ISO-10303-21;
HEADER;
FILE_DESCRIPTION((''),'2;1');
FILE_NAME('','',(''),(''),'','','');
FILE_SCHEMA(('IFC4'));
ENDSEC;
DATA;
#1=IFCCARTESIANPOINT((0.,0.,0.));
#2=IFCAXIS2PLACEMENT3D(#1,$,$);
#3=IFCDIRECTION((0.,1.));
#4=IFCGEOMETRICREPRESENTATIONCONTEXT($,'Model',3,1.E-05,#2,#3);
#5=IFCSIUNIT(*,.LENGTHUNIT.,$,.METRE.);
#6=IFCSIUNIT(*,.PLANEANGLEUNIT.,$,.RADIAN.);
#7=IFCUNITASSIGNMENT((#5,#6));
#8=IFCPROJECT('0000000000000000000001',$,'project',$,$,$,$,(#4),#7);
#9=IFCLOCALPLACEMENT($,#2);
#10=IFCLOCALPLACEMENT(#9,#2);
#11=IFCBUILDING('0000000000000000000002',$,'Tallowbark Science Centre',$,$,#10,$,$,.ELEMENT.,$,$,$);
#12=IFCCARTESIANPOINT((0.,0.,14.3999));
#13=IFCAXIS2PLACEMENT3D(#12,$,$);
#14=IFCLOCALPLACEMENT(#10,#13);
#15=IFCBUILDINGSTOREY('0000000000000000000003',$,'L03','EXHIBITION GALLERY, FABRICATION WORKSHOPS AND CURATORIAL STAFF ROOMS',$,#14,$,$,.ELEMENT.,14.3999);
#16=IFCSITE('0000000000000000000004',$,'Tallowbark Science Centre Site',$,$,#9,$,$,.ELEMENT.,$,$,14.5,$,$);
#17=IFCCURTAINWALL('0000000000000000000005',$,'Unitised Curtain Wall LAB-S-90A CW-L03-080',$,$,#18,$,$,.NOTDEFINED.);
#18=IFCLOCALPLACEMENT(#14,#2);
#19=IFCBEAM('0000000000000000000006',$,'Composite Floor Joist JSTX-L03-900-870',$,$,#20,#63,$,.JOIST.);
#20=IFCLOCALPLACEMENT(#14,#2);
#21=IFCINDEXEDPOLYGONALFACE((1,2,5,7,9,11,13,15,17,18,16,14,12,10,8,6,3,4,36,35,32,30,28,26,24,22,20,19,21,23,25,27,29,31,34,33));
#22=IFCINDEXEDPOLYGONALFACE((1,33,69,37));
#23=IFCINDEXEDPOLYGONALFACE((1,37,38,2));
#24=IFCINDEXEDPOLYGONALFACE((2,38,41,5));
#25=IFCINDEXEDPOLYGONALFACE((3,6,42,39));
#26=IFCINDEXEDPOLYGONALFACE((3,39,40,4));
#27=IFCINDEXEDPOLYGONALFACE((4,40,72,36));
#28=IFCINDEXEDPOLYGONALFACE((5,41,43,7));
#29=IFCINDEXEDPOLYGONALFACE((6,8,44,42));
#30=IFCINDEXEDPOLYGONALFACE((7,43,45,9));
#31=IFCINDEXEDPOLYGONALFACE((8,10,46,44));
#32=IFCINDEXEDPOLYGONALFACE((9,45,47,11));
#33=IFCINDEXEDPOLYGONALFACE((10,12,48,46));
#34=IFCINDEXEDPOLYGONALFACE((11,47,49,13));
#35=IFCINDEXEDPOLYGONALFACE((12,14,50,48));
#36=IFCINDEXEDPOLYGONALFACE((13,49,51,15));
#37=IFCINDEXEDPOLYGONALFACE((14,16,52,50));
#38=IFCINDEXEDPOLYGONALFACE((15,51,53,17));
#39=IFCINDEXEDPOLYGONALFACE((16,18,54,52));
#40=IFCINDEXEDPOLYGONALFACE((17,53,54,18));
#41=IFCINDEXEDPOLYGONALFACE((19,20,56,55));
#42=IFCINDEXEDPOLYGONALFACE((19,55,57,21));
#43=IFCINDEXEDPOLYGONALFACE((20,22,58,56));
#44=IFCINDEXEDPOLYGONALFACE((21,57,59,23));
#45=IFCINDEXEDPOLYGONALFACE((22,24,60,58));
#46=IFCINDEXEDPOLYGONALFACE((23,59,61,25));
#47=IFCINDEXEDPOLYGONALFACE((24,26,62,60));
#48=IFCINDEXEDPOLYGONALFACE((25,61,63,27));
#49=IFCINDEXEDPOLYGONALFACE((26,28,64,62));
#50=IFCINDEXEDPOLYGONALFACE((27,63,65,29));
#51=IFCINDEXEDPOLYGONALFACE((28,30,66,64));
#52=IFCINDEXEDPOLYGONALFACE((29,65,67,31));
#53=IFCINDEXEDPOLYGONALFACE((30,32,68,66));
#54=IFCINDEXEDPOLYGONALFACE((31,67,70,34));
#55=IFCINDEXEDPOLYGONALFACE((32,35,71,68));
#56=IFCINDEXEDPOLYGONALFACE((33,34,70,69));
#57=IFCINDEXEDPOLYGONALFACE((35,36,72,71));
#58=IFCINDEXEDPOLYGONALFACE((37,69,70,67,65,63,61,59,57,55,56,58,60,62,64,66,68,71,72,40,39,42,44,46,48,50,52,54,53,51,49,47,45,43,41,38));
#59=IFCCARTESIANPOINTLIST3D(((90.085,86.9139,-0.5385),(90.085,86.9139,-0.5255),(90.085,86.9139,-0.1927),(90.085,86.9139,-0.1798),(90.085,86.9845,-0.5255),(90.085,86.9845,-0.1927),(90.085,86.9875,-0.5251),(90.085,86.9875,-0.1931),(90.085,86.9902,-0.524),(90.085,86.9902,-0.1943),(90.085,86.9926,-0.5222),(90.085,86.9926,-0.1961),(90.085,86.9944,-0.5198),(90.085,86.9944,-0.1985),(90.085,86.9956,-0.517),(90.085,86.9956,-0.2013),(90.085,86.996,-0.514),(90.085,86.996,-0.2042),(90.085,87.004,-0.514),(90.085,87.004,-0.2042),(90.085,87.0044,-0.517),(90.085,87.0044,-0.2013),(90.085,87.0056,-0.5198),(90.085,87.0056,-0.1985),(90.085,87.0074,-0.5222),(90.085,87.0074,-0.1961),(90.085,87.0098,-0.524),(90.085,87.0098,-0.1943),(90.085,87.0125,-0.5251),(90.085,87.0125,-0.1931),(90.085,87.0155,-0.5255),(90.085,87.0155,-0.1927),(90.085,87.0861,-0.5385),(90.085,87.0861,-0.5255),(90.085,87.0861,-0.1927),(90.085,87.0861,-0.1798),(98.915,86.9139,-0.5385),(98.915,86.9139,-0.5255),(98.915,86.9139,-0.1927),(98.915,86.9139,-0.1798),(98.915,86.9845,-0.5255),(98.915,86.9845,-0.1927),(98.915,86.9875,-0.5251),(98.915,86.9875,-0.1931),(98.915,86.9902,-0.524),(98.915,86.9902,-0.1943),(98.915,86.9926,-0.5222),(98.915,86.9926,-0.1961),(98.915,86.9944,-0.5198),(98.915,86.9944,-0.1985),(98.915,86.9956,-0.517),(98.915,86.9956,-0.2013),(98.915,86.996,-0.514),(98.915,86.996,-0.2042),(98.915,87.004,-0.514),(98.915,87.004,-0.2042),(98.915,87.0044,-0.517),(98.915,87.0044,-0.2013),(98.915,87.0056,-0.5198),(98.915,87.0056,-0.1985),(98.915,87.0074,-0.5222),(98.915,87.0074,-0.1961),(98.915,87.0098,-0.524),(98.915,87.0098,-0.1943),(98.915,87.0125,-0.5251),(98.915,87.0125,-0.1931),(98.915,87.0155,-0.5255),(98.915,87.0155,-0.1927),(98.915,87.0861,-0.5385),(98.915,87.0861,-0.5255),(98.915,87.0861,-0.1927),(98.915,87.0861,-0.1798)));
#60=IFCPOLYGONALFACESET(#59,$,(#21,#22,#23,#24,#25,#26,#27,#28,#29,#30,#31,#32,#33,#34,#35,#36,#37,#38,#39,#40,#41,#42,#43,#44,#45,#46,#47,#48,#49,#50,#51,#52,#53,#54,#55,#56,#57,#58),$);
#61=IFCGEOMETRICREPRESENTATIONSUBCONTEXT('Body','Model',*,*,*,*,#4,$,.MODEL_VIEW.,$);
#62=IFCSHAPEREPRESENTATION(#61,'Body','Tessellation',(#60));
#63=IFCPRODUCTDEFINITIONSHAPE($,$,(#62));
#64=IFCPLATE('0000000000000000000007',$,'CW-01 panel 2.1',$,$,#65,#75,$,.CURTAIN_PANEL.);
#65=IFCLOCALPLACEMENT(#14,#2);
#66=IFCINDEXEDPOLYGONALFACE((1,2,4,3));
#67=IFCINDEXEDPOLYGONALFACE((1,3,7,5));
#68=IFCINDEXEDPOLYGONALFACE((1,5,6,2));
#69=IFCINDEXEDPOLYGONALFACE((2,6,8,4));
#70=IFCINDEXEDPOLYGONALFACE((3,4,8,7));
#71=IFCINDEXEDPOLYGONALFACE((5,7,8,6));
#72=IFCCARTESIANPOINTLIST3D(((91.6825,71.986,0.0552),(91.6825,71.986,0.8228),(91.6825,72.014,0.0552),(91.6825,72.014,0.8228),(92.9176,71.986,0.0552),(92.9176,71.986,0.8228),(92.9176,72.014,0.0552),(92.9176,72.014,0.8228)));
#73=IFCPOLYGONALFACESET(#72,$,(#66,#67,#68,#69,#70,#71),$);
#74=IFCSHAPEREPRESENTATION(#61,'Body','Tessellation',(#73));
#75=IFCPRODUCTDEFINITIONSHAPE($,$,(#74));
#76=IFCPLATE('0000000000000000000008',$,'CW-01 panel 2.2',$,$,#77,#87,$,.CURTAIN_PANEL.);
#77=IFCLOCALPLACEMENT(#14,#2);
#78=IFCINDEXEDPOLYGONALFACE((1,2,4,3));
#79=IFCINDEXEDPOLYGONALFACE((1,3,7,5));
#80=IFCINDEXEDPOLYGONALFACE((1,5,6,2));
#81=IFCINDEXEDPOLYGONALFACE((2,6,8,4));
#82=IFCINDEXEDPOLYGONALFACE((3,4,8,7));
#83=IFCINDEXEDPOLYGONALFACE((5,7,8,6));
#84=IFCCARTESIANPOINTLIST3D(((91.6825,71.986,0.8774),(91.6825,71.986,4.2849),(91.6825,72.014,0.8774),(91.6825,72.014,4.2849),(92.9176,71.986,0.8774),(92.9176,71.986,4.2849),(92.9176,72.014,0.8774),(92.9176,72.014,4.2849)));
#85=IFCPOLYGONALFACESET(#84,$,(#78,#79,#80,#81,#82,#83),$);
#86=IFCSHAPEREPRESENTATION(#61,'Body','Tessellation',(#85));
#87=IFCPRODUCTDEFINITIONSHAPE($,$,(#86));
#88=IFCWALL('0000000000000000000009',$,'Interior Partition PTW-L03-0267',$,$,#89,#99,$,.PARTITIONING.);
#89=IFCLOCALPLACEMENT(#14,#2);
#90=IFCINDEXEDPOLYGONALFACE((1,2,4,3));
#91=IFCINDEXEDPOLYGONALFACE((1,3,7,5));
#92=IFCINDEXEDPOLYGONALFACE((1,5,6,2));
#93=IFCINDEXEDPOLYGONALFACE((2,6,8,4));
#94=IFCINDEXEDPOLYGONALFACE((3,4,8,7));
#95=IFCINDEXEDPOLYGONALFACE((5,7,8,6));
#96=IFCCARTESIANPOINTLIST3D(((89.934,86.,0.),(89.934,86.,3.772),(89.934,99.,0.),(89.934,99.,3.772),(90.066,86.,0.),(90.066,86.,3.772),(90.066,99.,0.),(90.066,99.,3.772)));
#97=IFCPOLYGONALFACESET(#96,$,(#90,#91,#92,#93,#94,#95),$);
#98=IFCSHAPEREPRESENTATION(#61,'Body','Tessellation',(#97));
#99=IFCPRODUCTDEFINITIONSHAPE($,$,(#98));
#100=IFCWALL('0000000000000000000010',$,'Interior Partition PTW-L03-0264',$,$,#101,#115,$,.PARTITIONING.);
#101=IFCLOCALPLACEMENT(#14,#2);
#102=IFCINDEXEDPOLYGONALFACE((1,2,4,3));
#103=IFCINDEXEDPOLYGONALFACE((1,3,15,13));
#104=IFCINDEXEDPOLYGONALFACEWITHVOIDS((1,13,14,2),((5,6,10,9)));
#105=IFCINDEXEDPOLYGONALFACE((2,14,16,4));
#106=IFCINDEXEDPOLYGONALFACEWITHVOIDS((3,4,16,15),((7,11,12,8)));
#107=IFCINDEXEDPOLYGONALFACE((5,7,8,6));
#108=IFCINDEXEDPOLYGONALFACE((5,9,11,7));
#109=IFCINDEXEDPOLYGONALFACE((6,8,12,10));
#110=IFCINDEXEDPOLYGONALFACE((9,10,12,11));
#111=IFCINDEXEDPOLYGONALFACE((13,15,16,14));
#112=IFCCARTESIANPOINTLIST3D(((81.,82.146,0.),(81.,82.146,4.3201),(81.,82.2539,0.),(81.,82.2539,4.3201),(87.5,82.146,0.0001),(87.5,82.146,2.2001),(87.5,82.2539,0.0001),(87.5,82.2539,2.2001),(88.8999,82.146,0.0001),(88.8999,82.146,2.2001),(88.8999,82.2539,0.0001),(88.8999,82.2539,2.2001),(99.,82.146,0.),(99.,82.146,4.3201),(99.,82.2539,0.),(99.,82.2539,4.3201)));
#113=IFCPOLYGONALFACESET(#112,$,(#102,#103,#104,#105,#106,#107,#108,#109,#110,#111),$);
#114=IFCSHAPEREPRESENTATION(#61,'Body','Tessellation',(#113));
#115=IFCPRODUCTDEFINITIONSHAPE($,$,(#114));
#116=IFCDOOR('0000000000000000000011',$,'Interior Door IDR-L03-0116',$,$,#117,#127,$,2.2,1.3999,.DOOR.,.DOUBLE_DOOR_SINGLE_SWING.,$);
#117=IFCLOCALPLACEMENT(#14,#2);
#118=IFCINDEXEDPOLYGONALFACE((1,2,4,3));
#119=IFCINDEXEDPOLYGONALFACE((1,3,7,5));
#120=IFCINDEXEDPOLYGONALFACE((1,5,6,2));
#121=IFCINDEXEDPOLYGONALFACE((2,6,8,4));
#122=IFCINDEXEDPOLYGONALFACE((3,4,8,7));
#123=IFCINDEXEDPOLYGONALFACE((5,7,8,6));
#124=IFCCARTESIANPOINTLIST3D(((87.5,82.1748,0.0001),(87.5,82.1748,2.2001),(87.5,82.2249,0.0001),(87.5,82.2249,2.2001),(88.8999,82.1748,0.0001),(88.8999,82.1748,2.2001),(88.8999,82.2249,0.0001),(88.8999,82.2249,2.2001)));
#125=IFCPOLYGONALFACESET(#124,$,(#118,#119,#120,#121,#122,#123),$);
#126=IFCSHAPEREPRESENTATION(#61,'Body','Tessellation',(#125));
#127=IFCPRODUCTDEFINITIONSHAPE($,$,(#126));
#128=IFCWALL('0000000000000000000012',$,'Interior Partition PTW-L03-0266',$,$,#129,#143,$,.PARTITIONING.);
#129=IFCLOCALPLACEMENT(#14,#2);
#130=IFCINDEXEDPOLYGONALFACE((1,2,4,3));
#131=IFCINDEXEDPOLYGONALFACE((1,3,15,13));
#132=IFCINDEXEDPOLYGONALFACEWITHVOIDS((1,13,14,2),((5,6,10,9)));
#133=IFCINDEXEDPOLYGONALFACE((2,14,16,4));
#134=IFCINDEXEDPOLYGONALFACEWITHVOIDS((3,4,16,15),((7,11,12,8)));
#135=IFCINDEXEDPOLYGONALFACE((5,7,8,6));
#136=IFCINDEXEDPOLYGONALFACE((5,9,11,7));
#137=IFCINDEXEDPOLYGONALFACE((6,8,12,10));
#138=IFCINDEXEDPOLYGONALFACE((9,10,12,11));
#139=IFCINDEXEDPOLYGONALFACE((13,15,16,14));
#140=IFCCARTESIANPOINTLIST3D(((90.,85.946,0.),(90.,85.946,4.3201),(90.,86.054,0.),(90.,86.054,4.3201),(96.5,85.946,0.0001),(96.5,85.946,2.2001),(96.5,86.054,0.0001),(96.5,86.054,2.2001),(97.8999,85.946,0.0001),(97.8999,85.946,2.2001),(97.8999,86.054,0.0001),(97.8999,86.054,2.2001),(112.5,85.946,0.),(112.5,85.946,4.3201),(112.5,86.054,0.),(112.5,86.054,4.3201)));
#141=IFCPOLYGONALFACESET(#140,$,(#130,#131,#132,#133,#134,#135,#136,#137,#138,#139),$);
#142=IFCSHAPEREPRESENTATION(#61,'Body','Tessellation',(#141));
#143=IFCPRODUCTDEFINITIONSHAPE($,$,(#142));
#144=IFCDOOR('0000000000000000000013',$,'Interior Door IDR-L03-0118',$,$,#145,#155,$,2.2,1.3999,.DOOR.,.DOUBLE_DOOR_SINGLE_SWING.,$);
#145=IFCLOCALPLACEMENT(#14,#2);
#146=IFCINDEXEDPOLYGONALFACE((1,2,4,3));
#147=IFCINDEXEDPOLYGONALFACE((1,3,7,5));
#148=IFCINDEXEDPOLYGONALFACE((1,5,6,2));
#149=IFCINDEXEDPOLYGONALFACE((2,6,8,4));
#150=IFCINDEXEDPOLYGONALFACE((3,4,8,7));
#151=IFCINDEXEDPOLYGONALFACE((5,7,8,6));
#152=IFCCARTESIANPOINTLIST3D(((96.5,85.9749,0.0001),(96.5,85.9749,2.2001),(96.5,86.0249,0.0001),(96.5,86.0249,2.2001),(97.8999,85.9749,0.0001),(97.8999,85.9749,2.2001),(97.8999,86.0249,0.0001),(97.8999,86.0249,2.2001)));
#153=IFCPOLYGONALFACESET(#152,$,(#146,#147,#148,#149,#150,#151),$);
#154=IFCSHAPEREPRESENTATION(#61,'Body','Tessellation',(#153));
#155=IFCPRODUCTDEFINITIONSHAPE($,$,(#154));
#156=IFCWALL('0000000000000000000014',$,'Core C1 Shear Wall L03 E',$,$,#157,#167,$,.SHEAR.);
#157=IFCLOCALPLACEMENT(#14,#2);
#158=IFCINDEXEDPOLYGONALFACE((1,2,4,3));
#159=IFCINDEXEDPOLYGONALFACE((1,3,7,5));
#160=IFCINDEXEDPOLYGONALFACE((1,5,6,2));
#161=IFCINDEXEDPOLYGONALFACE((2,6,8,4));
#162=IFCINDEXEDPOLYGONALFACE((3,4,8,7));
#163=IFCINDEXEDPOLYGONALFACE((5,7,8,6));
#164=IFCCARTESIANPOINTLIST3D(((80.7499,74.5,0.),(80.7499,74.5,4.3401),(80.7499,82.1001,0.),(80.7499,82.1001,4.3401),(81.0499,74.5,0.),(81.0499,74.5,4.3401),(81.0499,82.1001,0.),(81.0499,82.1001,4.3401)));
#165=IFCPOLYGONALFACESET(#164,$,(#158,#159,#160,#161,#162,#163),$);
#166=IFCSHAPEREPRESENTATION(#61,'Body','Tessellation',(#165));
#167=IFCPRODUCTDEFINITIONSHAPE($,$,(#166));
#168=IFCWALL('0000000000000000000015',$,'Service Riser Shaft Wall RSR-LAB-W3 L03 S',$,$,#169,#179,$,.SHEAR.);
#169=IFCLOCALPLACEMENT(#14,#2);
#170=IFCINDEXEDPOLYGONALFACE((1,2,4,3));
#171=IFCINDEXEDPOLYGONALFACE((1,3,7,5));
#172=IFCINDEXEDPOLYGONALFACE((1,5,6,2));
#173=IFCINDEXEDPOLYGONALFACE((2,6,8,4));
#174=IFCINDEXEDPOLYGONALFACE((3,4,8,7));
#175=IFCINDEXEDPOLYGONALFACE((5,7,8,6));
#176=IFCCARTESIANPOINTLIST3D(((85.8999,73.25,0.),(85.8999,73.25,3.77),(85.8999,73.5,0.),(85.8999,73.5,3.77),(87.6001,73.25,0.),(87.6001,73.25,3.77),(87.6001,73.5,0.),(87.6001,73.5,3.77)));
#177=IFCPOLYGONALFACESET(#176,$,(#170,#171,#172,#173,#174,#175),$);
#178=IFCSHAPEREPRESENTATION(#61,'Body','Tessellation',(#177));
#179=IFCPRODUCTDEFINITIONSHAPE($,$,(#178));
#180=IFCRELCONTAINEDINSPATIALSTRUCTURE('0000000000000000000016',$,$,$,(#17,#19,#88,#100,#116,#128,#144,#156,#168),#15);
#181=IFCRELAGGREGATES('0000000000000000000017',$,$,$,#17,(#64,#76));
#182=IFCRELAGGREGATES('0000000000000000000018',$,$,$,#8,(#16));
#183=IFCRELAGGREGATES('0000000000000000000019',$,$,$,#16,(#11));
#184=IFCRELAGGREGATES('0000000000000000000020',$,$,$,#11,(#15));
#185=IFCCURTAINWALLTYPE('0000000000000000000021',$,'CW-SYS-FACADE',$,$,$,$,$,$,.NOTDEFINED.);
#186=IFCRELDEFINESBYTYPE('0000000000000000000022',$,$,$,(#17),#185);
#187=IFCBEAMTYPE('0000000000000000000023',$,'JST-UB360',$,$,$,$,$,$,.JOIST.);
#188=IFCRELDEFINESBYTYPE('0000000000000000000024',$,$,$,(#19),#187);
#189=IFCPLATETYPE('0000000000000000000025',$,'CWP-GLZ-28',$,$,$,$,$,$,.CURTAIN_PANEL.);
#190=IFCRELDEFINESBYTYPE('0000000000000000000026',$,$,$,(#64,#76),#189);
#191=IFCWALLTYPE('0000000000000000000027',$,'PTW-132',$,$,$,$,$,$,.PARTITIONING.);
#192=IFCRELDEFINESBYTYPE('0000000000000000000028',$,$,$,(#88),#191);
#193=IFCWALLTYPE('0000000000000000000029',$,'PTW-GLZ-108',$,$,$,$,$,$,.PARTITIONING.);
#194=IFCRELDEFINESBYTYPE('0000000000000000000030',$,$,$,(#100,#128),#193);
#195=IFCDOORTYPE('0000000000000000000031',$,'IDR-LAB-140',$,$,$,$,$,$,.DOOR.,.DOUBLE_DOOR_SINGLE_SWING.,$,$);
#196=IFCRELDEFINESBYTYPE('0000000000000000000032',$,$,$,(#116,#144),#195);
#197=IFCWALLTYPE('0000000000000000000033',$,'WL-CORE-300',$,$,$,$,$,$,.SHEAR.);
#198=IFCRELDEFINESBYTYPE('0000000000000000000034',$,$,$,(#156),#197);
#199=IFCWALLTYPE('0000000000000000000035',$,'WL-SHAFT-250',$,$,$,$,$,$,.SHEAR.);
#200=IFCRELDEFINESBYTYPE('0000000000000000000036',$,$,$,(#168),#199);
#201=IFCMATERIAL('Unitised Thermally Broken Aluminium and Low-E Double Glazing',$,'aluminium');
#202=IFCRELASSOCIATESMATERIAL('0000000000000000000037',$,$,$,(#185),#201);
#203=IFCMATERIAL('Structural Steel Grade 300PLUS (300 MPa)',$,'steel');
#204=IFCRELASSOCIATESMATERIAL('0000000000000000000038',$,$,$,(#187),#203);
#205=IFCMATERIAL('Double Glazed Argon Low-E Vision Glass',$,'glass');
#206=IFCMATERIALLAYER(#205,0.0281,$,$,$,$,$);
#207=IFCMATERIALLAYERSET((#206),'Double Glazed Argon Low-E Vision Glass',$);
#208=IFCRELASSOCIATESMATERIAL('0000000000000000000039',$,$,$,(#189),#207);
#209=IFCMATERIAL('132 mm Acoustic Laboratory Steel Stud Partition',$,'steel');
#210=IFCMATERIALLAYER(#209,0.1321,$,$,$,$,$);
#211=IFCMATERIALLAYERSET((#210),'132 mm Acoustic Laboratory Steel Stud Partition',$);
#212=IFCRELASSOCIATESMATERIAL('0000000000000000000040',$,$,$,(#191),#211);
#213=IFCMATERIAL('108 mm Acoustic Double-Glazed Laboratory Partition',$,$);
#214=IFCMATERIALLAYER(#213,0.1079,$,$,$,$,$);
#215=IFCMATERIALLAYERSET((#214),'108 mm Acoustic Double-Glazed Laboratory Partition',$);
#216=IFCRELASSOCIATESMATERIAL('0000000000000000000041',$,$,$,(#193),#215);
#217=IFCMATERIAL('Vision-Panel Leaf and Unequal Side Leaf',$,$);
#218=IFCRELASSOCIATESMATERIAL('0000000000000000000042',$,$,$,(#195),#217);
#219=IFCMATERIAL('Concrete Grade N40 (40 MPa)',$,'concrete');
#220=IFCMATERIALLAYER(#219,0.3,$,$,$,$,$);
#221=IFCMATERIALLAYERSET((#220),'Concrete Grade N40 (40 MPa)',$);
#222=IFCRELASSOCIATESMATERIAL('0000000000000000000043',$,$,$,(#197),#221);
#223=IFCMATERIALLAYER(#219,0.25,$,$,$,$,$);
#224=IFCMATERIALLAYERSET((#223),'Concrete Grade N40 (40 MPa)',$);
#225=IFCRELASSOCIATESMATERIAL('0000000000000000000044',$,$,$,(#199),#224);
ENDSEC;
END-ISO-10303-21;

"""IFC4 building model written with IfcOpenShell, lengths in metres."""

from ifc_helpers import new_model, si_unit, direction, frame, frame_2d, origin, origin_2d, place, context, subcontext, project, spatial, rectangle, i_section, extrude, material, layer, layer_set, material_profile, profile_set, type_object, element, fill, aggregate, save


model = new_model("IFC4")

# Units and contexts
model_context = context("Model", 3, precision=1e-05, world=origin(), true_north=direction((0.0, 1.0)))
body_context = subcontext(model_context, "Body", "Model", "MODEL_VIEW")
ifc_project = project(units=[si_unit("LENGTHUNIT", "METRE"), si_unit("PLANEANGLEUNIT", "RADIAN")], contexts=[model_context])

# Site, building, storey
site_placement = place(None, origin())
site = spatial("IfcSite", under=ifc_project, at=site_placement, Name="Tallowbark Science Centre Site", CompositionType="ELEMENT", RefElevation=14.5)
building_placement = place(site_placement, origin())
building = spatial("IfcBuilding", under=site, at=building_placement, Name="Tallowbark Science Centre", CompositionType="ELEMENT")
storey_placement = place(building_placement, frame((0.0, 0.0, 14.3999)))
storey = spatial("IfcBuildingStorey", under=building, at=storey_placement, Name="L03", Description="EXHIBITION GALLERY, FABRICATION WORKSHOPS AND CURATORIAL STAFF ROOMS", CompositionType="ELEMENT", Elevation=14.3999)

# Shared definitions
ifc_material_1 = material(Name="Structural Steel Grade 300PLUS (300 MPa)", Category="steel")

# Curtain wall
ifc_material_2 = material(Name="Unitised Thermally Broken Aluminium and Low-E Double Glazing", Category="aluminium")
curtain_wall_type = type_object("IfcCurtainWallType", Name="CW-SYS-FACADE", PredefinedType="NOTDEFINED", material=ifc_material_2)
curtain_wall_placement = place(storey_placement, origin())
curtain_wall = element("IfcCurtainWall", 1, at=curtain_wall_placement, inside=storey, type_object=curtain_wall_type, Name="Unitised Curtain Wall LAB-S-90A CW-L03-080", PredefinedType="NOTDEFINED")

# Beam
ifc_material_profile_1 = material_profile(ifc_material_1, i_section(OverallWidth=0.1721, OverallDepth=0.3586, WebThickness=0.0081, FlangeThickness=0.0129, FilletRadius=0.0115, at=origin_2d()), Name="360UB56.7")
ifc_profile_set_1 = profile_set([ifc_material_profile_1], Name="Structural Steel Grade 300PLUS (300 MPa)")
beam_type_1 = type_object("IfcBeamType", Name="JST-UB360", PredefinedType="JOIST", material=ifc_profile_set_1)
for number, where, z_axis, x_axis, name in (
    (2, (90.085, 87.0, -0.3591), (1.0, 0.0, 0.0), (0.0, 1.0, 0.0), "Composite Floor Joist JSTX-L03-900-870"),
):
    element("IfcBeam", number, at=place(storey_placement, frame(where, z_axis=z_axis, x_axis=x_axis)), inside=storey, type_object=beam_type_1, Name=name, PredefinedType="JOIST", context=body_context, shape_type="SweptSolid", body=[
        extrude(i_section(OverallWidth=0.1721, OverallDepth=0.3586, WebThickness=0.0081, FlangeThickness=0.0129, FilletRadius=0.0115, at=origin_2d()), origin(), (0.0, 0.0, 1.0), 8.8301),
    ])

# Plates
ifc_material_3 = material(Name="Double Glazed Argon Low-E Vision Glass", Category="glass")
ifc_layer_1 = layer(ifc_material_3, 0.0281)
ifc_layer_set_1 = layer_set([ifc_layer_1], Name="Double Glazed Argon Low-E Vision Glass")
plate_type = type_object("IfcPlateType", Name="CWP-GLZ-28", PredefinedType="CURTAIN_PANEL", material=ifc_layer_set_1)
plate_1_placement = place(storey_placement, frame((92.3, 72.0, 0.0552), z_axis=(0.0, 0.0, 1.0), x_axis=(1.0, 0.0, 0.0)))
plate_1 = element("IfcPlate", 3, at=plate_1_placement, type_object=plate_type, Name="CW-01 panel 2.1", PredefinedType="CURTAIN_PANEL", context=body_context, shape_type="SweptSolid", body=[
    extrude(rectangle(XDim=1.2351, YDim=0.0281, at=origin_2d()), origin(), (0.0, 0.0, 1.0), 0.7676),
])
plate_2_placement = place(storey_placement, frame((92.3, 72.0, 0.8774), z_axis=(0.0, 0.0, 1.0), x_axis=(1.0, 0.0, 0.0)))
plate_2 = element("IfcPlate", 4, at=plate_2_placement, type_object=plate_type, Name="CW-01 panel 2.2", PredefinedType="CURTAIN_PANEL", context=body_context, shape_type="SweptSolid", body=[
    extrude(rectangle(XDim=1.2351, YDim=0.0281, at=origin_2d()), origin(), (0.0, 0.0, 1.0), 3.4075),
])
aggregate(curtain_wall, [plate_1, plate_2])

# Wall
ifc_material_4 = material(Name="132 mm Acoustic Laboratory Steel Stud Partition", Category="steel")
ifc_layer_2 = layer(ifc_material_4, 0.1321)
ifc_layer_set_2 = layer_set([ifc_layer_2], Name="132 mm Acoustic Laboratory Steel Stud Partition")
wall_type_1 = type_object("IfcWallType", Name="PTW-132", PredefinedType="PARTITIONING", material=ifc_layer_set_2)
wall_1_placement = place(storey_placement, frame((90.0, 86.0, 0.0), z_axis=(0.0, 0.0, 1.0), x_axis=(0.0, 1.0, 0.0)))
element("IfcWall", 5, at=wall_1_placement, inside=storey, type_object=wall_type_1, Name="Interior Partition PTW-L03-0267", PredefinedType="PARTITIONING", context=body_context, shape_type="SweptSolid", body=[
    extrude(rectangle(XDim=13.0, YDim=0.1321, at=frame_2d((6.5, 0.0))), origin(), (0.0, 0.0, 1.0), 3.772),
])

# Walls, openings, doors
ifc_material_5 = material(Name="108 mm Acoustic Double-Glazed Laboratory Partition")
ifc_layer_3 = layer(ifc_material_5, 0.1079)
ifc_layer_set_3 = layer_set([ifc_layer_3], Name="108 mm Acoustic Double-Glazed Laboratory Partition")
wall_type_2 = type_object("IfcWallType", Name="PTW-GLZ-108", PredefinedType="PARTITIONING", material=ifc_layer_set_3)
wall_2_placement = place(storey_placement, frame((81.0, 82.2, 0.0), z_axis=(0.0, 0.0, 1.0), x_axis=(1.0, 0.0, 0.0)))
wall_2 = element("IfcWall", 6, at=wall_2_placement, inside=storey, type_object=wall_type_2, Name="Interior Partition PTW-L03-0264", PredefinedType="PARTITIONING", context=body_context, shape_type="SweptSolid", body=[
    extrude(rectangle(XDim=18.0, YDim=0.1079, at=frame_2d((9.0, 0.0))), origin(), (0.0, 0.0, 1.0), 4.3201),
])
opening_1_placement = place(wall_2_placement, frame((6.5, 0.0, 0.0)))
opening_1 = element("IfcOpeningElement", 7, at=opening_1_placement, cuts=wall_2, PredefinedType="OPENING", context=body_context, shape_type="SweptSolid", body=[
    extrude(rectangle(XDim=1.3999, YDim=2.2, at=frame_2d((0.7, 1.1001))), frame((0.0, 0.064, 0.0), z_axis=(0.0, -1.0, 0.0), x_axis=(1.0, 0.0, 0.0)), (0.0, 0.0, 1.0), 0.1279),
])
ifc_material_6 = material(Name="Vision-Panel Leaf and Unequal Side Leaf")
door_type = type_object("IfcDoorType", Name="IDR-LAB-140", OperationType="DOUBLE_DOOR_SINGLE_SWING", PredefinedType="DOOR", material=ifc_material_6)
door_1_placement = place(opening_1_placement, origin())
door_1 = element("IfcDoor", 8, at=door_1_placement, inside=storey, type_object=door_type, Name="Interior Door IDR-L03-0116", OperationType="DOUBLE_DOOR_SINGLE_SWING", OverallHeight=2.2, OverallWidth=1.3999, PredefinedType="DOOR", context=body_context, shape_type="SweptSolid", body=[
    extrude(rectangle(XDim=1.3999, YDim=2.2, at=frame_2d((0.7, 1.1001))), frame((0.0, 0.0249, 0.0), z_axis=(0.0, -1.0, 0.0), x_axis=(1.0, 0.0, 0.0)), (0.0, 0.0, 1.0), 0.05),
])
fill(opening_1, door_1)
wall_3_placement = place(storey_placement, frame((90.0, 86.0, 0.0), z_axis=(0.0, 0.0, 1.0), x_axis=(1.0, 0.0, 0.0)))
wall_3 = element("IfcWall", 9, at=wall_3_placement, inside=storey, type_object=wall_type_2, Name="Interior Partition PTW-L03-0266", PredefinedType="PARTITIONING", context=body_context, shape_type="SweptSolid", body=[
    extrude(rectangle(XDim=22.5, YDim=0.1079, at=frame_2d((11.25, 0.0))), origin(), (0.0, 0.0, 1.0), 4.3201),
])
opening_2_placement = place(wall_3_placement, frame((6.5, 0.0, 0.0)))
opening_2 = element("IfcOpeningElement", 10, at=opening_2_placement, cuts=wall_3, PredefinedType="OPENING", context=body_context, shape_type="SweptSolid", body=[
    extrude(rectangle(XDim=1.3999, YDim=2.2, at=frame_2d((0.7, 1.1001))), frame((0.0, 0.064, 0.0), z_axis=(0.0, -1.0, 0.0), x_axis=(1.0, 0.0, 0.0)), (0.0, 0.0, 1.0), 0.1279),
])
door_2_placement = place(opening_2_placement, origin())
door_2 = element("IfcDoor", 11, at=door_2_placement, inside=storey, type_object=door_type, Name="Interior Door IDR-L03-0118", OperationType="DOUBLE_DOOR_SINGLE_SWING", OverallHeight=2.2, OverallWidth=1.3999, PredefinedType="DOOR", context=body_context, shape_type="SweptSolid", body=[
    extrude(rectangle(XDim=1.3999, YDim=2.2, at=frame_2d((0.7, 1.1001))), frame((0.0, 0.0249, 0.0), z_axis=(0.0, -1.0, 0.0), x_axis=(1.0, 0.0, 0.0)), (0.0, 0.0, 1.0), 0.05),
])
fill(opening_2, door_2)

# Walls
ifc_material_7 = material(Name="Concrete Grade N40 (40 MPa)", Category="concrete")
ifc_layer_4 = layer(ifc_material_7, 0.3)
ifc_layer_set_4 = layer_set([ifc_layer_4], Name="Concrete Grade N40 (40 MPa)")
wall_type_3 = type_object("IfcWallType", Name="WL-CORE-300", PredefinedType="SHEAR", material=ifc_layer_set_4)
wall_4_placement = place(storey_placement, frame((80.8999, 74.5, 0.0), z_axis=(0.0, 0.0, 1.0), x_axis=(0.0, 1.0, 0.0)))
element("IfcWall", 12, at=wall_4_placement, inside=storey, type_object=wall_type_3, Name="Core C1 Shear Wall L03 E", PredefinedType="SHEAR", context=body_context, shape_type="SweptSolid", body=[
    extrude(rectangle(XDim=7.6001, YDim=0.3, at=frame_2d((3.8, 0.0))), origin(), (0.0, 0.0, 1.0), 4.3401),
])
ifc_layer_5 = layer(ifc_material_7, 0.25)
ifc_layer_set_5 = layer_set([ifc_layer_5], Name="Concrete Grade N40 (40 MPa)")
wall_type_4 = type_object("IfcWallType", Name="WL-SHAFT-250", PredefinedType="SHEAR", material=ifc_layer_set_5)
for number, where, z_axis, x_axis, name in (
    (13, (85.8999, 73.375, 0.0), (0.0, 0.0, 1.0), (1.0, 0.0, 0.0), "Service Riser Shaft Wall RSR-LAB-W3 L03 S"),
):
    element("IfcWall", number, at=place(storey_placement, frame(where, z_axis=z_axis, x_axis=x_axis)), inside=storey, type_object=wall_type_4, Name=name, PredefinedType="SHEAR", context=body_context, shape_type="SweptSolid", body=[
        extrude(rectangle(XDim=1.7002, YDim=0.25, at=frame_2d((0.8501, 0.0))), origin(), (0.0, 0.0, 1.0), 3.77),
    ])

save(model, "model.ifc")
